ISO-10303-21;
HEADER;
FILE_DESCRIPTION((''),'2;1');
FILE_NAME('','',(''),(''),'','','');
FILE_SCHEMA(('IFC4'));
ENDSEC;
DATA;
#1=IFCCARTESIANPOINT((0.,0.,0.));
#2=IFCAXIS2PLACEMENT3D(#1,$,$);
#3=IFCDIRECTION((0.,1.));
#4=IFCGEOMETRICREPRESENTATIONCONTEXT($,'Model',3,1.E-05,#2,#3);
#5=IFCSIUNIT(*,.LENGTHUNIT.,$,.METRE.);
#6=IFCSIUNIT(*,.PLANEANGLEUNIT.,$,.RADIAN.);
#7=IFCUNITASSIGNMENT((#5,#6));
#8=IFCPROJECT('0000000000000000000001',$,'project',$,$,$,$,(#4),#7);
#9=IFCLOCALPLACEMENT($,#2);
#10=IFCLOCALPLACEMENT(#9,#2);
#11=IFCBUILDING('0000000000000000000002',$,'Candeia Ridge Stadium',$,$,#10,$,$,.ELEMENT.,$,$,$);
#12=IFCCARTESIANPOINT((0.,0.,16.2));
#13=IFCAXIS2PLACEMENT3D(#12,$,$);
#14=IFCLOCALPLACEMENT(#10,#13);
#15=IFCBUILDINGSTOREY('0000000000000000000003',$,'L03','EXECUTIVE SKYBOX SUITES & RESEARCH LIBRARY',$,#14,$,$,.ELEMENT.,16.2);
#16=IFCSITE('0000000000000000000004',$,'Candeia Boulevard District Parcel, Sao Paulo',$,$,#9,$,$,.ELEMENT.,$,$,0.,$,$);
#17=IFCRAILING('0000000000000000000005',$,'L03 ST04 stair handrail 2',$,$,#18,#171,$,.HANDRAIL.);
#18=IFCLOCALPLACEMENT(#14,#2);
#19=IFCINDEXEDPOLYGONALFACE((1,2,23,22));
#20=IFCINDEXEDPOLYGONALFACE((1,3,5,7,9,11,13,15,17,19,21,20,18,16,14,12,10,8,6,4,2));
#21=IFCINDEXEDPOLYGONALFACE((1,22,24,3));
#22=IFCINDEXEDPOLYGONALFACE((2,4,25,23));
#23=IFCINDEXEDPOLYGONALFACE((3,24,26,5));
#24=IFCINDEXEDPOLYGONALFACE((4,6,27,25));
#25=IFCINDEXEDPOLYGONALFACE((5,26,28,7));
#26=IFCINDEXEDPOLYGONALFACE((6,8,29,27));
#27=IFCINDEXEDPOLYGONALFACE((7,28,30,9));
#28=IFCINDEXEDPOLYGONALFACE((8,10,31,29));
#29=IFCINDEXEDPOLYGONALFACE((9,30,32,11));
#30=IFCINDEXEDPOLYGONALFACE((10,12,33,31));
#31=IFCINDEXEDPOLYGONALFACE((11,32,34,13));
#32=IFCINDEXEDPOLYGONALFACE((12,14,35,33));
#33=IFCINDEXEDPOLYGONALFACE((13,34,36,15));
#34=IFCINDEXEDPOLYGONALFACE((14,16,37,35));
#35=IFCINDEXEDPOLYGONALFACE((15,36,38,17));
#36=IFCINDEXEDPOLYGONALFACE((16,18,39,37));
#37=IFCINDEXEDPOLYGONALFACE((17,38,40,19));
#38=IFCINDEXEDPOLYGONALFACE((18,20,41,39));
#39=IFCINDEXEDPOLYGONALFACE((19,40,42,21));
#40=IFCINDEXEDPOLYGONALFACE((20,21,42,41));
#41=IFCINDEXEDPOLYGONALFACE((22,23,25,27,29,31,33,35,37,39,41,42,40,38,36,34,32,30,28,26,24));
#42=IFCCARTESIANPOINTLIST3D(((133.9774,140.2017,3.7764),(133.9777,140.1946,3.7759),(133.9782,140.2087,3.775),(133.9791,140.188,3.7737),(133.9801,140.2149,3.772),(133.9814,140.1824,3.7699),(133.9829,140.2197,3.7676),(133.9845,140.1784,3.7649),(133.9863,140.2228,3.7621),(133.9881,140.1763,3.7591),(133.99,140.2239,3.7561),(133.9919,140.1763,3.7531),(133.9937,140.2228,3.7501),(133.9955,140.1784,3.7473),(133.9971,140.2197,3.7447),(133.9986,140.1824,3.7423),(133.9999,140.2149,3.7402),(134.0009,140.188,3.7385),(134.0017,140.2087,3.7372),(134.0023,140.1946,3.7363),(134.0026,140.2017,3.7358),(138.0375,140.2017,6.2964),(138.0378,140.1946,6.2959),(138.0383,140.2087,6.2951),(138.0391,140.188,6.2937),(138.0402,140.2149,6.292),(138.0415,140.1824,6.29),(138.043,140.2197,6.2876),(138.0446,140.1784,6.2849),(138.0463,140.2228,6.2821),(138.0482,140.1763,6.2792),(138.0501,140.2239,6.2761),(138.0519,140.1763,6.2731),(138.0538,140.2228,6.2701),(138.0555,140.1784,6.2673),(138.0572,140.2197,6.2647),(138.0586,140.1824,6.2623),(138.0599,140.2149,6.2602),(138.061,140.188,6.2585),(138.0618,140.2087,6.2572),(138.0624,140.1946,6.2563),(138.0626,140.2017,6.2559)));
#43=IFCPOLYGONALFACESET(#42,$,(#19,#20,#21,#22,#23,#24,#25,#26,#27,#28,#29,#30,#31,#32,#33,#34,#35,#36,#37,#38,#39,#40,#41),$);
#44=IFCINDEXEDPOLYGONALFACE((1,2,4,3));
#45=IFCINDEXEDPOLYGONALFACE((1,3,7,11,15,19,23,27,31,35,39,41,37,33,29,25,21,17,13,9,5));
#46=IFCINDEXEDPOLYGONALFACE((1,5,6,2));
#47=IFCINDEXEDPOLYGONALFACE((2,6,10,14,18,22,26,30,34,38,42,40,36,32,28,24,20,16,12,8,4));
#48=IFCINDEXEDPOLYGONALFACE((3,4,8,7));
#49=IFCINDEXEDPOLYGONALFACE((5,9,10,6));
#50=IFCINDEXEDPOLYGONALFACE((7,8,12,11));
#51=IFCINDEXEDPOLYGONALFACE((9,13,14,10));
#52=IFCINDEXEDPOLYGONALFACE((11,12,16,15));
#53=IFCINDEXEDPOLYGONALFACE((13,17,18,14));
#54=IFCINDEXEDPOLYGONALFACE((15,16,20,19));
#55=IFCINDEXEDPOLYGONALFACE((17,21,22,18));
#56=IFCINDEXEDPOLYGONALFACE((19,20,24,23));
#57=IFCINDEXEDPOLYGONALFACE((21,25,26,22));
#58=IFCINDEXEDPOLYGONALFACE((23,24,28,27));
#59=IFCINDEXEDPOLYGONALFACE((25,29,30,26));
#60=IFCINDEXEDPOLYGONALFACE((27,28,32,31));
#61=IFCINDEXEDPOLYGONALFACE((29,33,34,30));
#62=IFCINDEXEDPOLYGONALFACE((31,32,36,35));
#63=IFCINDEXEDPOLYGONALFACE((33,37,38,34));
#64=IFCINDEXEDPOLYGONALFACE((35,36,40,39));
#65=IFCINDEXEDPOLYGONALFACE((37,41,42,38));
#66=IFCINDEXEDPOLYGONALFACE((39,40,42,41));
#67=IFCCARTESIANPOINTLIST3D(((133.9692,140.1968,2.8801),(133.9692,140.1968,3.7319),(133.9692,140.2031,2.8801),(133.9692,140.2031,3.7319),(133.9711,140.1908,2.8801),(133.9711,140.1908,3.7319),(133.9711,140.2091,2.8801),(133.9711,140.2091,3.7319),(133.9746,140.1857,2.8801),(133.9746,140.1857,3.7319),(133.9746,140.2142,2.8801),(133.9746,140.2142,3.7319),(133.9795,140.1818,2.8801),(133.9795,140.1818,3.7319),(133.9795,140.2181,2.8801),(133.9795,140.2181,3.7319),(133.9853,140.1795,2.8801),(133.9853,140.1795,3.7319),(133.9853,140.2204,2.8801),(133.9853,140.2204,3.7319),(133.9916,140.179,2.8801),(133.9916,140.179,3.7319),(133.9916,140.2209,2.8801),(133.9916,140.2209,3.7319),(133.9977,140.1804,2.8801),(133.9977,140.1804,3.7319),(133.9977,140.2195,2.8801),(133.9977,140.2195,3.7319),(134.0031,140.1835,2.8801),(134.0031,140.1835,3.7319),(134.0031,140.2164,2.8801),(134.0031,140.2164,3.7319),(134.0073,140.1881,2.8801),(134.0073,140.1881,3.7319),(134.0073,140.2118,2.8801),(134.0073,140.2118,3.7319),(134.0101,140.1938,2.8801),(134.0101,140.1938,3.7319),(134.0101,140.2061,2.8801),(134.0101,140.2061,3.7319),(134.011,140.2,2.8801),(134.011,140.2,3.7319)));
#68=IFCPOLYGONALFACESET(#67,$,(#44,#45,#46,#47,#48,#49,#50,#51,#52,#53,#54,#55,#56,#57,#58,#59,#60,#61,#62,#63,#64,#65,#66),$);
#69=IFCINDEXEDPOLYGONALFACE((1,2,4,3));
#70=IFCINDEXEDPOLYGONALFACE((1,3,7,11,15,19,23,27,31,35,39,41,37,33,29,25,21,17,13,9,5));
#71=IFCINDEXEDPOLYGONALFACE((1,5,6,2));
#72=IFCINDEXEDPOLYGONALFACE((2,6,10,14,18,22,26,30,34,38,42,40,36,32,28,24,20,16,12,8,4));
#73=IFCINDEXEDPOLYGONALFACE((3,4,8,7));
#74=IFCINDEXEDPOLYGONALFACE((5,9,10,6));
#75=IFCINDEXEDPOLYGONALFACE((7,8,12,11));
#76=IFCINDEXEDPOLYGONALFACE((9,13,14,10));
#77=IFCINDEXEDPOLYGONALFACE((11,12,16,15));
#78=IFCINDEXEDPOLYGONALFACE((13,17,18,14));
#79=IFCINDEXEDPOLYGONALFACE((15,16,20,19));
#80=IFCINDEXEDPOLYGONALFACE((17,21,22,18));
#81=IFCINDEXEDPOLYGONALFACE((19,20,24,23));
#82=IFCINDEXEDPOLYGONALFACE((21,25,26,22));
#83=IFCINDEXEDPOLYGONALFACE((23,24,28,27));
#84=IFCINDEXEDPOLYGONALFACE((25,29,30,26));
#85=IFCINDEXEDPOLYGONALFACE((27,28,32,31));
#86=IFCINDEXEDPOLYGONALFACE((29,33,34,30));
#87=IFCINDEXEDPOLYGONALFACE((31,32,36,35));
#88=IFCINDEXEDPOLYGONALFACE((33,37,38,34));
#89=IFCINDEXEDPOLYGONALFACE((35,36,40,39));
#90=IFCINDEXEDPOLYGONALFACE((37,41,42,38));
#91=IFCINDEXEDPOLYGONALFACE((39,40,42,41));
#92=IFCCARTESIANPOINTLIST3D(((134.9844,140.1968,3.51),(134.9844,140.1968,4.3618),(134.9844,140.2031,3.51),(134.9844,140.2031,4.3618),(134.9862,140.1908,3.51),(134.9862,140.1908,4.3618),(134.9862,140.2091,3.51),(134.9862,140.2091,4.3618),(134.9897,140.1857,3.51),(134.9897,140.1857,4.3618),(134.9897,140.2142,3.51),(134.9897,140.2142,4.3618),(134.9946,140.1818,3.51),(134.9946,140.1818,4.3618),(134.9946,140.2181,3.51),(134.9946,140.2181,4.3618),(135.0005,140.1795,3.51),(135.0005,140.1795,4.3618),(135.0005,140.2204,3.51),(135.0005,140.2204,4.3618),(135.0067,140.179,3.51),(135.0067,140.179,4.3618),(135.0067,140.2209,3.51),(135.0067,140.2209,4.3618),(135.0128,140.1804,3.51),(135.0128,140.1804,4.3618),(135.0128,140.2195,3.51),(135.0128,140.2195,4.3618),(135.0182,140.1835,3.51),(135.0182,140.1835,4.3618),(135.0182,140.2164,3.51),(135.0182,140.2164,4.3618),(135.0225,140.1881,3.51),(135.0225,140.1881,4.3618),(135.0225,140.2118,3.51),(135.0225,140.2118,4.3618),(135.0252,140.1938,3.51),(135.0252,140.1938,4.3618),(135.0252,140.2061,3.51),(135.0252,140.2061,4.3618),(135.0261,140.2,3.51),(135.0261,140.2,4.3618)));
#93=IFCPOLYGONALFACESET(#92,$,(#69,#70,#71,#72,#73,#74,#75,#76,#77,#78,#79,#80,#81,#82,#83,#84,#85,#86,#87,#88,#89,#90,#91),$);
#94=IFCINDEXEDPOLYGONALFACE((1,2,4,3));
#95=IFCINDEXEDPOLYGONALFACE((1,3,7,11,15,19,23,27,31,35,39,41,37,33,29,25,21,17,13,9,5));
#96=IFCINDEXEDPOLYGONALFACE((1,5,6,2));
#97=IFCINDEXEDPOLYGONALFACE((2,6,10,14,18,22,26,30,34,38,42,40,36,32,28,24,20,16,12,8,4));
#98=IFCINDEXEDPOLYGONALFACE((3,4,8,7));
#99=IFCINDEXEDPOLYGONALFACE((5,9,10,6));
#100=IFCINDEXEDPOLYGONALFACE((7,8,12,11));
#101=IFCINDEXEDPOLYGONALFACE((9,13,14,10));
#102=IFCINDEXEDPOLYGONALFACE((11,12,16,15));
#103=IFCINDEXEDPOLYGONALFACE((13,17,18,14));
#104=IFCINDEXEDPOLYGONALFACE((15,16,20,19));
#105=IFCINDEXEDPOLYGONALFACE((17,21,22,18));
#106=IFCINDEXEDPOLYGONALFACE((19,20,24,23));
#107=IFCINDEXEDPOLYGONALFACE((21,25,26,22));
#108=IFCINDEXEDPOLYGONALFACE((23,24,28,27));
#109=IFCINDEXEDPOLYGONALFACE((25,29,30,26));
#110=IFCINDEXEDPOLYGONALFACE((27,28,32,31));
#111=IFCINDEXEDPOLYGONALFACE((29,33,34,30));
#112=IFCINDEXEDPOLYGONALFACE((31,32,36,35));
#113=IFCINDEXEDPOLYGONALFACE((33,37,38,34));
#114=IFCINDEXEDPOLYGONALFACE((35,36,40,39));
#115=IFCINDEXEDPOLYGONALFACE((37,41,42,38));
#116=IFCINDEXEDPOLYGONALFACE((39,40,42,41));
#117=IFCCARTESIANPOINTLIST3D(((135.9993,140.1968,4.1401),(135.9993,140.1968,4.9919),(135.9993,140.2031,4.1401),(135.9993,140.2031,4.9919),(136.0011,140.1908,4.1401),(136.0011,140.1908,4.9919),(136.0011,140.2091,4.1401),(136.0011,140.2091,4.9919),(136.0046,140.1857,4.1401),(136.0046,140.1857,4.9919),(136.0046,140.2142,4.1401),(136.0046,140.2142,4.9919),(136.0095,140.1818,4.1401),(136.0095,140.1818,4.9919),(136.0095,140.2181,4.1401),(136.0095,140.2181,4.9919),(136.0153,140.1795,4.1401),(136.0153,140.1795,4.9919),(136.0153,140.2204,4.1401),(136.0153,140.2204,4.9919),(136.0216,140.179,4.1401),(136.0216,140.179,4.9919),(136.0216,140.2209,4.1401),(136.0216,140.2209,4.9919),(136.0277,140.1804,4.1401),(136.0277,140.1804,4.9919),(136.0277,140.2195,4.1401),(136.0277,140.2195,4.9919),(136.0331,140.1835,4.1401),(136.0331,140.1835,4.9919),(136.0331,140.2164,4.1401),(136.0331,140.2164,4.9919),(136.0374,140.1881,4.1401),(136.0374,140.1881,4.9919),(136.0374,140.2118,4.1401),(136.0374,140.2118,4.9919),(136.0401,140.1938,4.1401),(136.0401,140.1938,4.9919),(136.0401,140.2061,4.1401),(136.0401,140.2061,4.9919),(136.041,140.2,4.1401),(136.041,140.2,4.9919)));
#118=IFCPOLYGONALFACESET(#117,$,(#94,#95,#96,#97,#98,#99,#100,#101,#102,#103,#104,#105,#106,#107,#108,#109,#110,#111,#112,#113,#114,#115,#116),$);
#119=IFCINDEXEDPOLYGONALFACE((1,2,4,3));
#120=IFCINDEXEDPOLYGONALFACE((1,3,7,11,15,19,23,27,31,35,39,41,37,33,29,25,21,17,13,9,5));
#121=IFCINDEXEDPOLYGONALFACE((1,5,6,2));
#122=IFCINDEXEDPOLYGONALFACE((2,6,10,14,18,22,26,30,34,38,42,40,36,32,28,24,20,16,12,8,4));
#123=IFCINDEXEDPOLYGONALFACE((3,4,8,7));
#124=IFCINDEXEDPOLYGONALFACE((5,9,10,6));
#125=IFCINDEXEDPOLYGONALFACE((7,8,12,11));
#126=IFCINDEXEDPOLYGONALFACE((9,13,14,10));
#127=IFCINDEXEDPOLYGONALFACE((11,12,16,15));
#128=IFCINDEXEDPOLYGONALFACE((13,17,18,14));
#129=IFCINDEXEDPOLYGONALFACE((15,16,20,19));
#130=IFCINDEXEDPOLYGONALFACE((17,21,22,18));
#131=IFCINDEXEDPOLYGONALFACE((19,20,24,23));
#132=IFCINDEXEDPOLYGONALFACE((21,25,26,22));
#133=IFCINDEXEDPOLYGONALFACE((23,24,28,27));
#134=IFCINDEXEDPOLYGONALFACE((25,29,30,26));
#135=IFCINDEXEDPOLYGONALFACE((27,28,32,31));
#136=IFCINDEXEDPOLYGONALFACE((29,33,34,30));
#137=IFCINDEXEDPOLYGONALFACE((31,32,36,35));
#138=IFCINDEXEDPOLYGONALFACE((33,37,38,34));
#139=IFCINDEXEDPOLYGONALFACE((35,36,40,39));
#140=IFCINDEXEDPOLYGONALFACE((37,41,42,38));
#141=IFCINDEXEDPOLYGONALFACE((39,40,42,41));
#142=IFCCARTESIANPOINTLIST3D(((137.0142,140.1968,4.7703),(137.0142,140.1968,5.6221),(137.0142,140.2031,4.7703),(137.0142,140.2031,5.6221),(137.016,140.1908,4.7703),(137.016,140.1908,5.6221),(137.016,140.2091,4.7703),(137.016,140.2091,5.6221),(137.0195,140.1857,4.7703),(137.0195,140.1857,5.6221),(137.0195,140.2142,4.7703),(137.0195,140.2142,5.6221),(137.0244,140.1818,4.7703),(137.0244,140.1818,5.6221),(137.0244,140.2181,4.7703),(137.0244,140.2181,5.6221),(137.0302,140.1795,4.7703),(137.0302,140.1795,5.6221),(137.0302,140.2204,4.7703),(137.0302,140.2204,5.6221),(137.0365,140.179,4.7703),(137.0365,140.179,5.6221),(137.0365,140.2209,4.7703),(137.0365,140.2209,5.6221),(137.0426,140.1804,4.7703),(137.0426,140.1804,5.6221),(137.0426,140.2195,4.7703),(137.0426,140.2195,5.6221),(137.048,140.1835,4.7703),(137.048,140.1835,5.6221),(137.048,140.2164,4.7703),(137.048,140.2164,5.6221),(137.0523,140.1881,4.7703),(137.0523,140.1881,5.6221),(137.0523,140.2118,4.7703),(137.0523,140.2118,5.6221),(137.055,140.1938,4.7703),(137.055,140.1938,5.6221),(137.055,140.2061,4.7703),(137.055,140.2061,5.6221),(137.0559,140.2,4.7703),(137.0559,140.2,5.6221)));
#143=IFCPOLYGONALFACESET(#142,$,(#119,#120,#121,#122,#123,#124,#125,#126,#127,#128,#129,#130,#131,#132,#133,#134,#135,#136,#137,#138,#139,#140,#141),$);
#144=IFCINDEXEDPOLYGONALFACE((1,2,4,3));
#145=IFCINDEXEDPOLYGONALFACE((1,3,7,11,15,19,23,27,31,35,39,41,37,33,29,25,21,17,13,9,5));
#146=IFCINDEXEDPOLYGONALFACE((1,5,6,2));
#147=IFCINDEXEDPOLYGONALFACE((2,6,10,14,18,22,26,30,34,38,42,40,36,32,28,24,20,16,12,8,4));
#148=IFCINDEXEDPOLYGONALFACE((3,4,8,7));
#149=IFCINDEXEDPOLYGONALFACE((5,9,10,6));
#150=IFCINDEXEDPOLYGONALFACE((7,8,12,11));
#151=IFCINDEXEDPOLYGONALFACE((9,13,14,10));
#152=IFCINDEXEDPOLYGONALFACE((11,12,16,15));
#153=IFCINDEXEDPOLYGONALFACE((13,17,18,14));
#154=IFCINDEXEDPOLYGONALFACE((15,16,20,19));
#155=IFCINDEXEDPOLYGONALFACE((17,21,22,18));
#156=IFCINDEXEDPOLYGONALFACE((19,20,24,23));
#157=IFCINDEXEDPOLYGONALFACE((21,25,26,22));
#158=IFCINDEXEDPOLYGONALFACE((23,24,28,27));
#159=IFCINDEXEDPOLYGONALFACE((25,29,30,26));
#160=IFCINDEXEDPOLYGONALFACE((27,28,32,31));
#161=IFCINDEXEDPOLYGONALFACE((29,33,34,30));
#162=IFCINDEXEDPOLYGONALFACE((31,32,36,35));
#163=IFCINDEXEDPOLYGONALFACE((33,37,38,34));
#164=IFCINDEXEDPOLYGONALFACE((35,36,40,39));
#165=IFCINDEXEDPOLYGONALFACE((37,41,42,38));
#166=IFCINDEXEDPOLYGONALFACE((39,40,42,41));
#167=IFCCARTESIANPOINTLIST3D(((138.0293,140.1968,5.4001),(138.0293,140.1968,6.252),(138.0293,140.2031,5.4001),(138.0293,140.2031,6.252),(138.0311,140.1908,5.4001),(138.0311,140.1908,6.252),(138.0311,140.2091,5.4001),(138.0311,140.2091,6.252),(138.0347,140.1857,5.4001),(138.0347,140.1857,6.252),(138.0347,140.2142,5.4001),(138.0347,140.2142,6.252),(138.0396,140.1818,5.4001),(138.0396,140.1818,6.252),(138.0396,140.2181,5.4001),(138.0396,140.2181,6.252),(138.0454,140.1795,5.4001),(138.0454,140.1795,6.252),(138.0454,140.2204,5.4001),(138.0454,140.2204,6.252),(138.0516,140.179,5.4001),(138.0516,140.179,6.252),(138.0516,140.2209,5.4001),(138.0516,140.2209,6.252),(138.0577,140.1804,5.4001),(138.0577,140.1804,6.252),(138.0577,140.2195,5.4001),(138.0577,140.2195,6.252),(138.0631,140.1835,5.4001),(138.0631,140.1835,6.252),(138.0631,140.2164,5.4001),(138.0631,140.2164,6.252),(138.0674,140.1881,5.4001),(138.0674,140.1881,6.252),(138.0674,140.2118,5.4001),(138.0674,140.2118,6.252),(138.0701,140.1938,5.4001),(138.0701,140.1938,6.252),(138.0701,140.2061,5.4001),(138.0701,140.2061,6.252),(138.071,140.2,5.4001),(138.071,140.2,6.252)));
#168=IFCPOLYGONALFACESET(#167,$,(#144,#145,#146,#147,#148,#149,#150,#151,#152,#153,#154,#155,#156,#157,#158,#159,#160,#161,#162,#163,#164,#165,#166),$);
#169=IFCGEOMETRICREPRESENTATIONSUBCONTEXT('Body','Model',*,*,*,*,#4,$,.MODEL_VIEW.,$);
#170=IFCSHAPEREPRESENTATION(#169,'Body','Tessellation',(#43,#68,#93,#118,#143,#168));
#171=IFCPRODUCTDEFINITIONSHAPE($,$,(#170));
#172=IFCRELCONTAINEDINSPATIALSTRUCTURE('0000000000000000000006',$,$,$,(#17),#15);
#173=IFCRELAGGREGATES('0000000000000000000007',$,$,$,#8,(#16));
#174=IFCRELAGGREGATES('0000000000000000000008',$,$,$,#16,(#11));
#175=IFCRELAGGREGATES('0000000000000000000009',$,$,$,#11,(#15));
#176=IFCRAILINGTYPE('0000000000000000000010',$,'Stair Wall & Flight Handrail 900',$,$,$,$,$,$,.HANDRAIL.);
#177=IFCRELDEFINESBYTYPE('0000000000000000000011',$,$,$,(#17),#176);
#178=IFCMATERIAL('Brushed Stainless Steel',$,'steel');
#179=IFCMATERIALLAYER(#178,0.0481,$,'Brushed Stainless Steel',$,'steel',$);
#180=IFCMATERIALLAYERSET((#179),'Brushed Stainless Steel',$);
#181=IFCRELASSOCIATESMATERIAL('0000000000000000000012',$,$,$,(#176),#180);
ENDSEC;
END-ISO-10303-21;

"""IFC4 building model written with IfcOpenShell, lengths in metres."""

from ifc_helpers import new_model, si_unit, direction, frame, origin, origin_2d, place, context, subcontext, project, spatial, circle, extrude, material, layer, layer_set, type_object, element, save


model = new_model("IFC4")

# Units and contexts
model_context = context("Model", 3, precision=1e-05, world=origin(), true_north=direction((0.0, 1.0)))
body_context = subcontext(model_context, "Body", "Model", "MODEL_VIEW")
ifc_project = project(units=[si_unit("LENGTHUNIT", "METRE"), si_unit("PLANEANGLEUNIT", "RADIAN")], contexts=[model_context])

# Site, building, storey
site_placement = place(None, origin())
site = spatial("IfcSite", under=ifc_project, at=site_placement, Name="Candeia Boulevard District Parcel, Sao Paulo", CompositionType="ELEMENT", RefElevation=0.0)
building_placement = place(site_placement, origin())
building = spatial("IfcBuilding", under=site, at=building_placement, Name="Candeia Ridge Stadium", CompositionType="ELEMENT")
storey_placement = place(building_placement, frame((0.0, 0.0, 16.2)))
storey = spatial("IfcBuildingStorey", under=building, at=storey_placement, Name="L03", Description="EXECUTIVE SKYBOX SUITES & RESEARCH LIBRARY", CompositionType="ELEMENT", Elevation=16.2)

# Railing
ifc_material_1 = material(Name="Brushed Stainless Steel", Category="steel")
ifc_layer_1 = layer(ifc_material_1, 0.0481, Name="Brushed Stainless Steel", Category="steel")
ifc_layer_set_1 = layer_set([ifc_layer_1], Name="Brushed Stainless Steel")
railing_type_1 = type_object("IfcRailingType", Name="Stair Wall & Flight Handrail 900", PredefinedType="HANDRAIL", material=ifc_layer_set_1)
railing_1_placement = place(storey_placement, frame((133.99, 140.2, 2.8801)))
element("IfcRailing", 1, at=railing_1_placement, inside=storey, type_object=railing_type_1, Name="L03 ST04 stair handrail 2", PredefinedType="HANDRAIL", context=body_context, shape_type="SweptSolid", body=[
    extrude(circle(Radius=0.0239, at=origin_2d()), frame((0.0, 0.0, 0.876), z_axis=(0.849642, 0.0, 0.52736), x_axis=(0.0, 1.0, 0.0)), (0.0, 0.0, 1.0), 4.7786),
    extrude(circle(Radius=0.021, at=origin_2d()), origin(), (0.0, 0.0, 1.0), 0.8518),
    extrude(circle(Radius=0.021, at=origin_2d()), frame((1.0151, 0.0, 0.6299)), (0.0, 0.0, 1.0), 0.8518),
    extrude(circle(Radius=0.021, at=origin_2d()), frame((2.03, 0.0, 1.26)), (0.0, 0.0, 1.0), 0.8518),
    extrude(circle(Radius=0.021, at=origin_2d()), frame((3.0449, 0.0, 1.8901)), (0.0, 0.0, 1.0), 0.8518),
    extrude(circle(Radius=0.021, at=origin_2d()), frame((4.0601, 0.0, 2.52)), (0.0, 0.0, 1.0), 0.8518),
])

save(model, "model.ifc")
